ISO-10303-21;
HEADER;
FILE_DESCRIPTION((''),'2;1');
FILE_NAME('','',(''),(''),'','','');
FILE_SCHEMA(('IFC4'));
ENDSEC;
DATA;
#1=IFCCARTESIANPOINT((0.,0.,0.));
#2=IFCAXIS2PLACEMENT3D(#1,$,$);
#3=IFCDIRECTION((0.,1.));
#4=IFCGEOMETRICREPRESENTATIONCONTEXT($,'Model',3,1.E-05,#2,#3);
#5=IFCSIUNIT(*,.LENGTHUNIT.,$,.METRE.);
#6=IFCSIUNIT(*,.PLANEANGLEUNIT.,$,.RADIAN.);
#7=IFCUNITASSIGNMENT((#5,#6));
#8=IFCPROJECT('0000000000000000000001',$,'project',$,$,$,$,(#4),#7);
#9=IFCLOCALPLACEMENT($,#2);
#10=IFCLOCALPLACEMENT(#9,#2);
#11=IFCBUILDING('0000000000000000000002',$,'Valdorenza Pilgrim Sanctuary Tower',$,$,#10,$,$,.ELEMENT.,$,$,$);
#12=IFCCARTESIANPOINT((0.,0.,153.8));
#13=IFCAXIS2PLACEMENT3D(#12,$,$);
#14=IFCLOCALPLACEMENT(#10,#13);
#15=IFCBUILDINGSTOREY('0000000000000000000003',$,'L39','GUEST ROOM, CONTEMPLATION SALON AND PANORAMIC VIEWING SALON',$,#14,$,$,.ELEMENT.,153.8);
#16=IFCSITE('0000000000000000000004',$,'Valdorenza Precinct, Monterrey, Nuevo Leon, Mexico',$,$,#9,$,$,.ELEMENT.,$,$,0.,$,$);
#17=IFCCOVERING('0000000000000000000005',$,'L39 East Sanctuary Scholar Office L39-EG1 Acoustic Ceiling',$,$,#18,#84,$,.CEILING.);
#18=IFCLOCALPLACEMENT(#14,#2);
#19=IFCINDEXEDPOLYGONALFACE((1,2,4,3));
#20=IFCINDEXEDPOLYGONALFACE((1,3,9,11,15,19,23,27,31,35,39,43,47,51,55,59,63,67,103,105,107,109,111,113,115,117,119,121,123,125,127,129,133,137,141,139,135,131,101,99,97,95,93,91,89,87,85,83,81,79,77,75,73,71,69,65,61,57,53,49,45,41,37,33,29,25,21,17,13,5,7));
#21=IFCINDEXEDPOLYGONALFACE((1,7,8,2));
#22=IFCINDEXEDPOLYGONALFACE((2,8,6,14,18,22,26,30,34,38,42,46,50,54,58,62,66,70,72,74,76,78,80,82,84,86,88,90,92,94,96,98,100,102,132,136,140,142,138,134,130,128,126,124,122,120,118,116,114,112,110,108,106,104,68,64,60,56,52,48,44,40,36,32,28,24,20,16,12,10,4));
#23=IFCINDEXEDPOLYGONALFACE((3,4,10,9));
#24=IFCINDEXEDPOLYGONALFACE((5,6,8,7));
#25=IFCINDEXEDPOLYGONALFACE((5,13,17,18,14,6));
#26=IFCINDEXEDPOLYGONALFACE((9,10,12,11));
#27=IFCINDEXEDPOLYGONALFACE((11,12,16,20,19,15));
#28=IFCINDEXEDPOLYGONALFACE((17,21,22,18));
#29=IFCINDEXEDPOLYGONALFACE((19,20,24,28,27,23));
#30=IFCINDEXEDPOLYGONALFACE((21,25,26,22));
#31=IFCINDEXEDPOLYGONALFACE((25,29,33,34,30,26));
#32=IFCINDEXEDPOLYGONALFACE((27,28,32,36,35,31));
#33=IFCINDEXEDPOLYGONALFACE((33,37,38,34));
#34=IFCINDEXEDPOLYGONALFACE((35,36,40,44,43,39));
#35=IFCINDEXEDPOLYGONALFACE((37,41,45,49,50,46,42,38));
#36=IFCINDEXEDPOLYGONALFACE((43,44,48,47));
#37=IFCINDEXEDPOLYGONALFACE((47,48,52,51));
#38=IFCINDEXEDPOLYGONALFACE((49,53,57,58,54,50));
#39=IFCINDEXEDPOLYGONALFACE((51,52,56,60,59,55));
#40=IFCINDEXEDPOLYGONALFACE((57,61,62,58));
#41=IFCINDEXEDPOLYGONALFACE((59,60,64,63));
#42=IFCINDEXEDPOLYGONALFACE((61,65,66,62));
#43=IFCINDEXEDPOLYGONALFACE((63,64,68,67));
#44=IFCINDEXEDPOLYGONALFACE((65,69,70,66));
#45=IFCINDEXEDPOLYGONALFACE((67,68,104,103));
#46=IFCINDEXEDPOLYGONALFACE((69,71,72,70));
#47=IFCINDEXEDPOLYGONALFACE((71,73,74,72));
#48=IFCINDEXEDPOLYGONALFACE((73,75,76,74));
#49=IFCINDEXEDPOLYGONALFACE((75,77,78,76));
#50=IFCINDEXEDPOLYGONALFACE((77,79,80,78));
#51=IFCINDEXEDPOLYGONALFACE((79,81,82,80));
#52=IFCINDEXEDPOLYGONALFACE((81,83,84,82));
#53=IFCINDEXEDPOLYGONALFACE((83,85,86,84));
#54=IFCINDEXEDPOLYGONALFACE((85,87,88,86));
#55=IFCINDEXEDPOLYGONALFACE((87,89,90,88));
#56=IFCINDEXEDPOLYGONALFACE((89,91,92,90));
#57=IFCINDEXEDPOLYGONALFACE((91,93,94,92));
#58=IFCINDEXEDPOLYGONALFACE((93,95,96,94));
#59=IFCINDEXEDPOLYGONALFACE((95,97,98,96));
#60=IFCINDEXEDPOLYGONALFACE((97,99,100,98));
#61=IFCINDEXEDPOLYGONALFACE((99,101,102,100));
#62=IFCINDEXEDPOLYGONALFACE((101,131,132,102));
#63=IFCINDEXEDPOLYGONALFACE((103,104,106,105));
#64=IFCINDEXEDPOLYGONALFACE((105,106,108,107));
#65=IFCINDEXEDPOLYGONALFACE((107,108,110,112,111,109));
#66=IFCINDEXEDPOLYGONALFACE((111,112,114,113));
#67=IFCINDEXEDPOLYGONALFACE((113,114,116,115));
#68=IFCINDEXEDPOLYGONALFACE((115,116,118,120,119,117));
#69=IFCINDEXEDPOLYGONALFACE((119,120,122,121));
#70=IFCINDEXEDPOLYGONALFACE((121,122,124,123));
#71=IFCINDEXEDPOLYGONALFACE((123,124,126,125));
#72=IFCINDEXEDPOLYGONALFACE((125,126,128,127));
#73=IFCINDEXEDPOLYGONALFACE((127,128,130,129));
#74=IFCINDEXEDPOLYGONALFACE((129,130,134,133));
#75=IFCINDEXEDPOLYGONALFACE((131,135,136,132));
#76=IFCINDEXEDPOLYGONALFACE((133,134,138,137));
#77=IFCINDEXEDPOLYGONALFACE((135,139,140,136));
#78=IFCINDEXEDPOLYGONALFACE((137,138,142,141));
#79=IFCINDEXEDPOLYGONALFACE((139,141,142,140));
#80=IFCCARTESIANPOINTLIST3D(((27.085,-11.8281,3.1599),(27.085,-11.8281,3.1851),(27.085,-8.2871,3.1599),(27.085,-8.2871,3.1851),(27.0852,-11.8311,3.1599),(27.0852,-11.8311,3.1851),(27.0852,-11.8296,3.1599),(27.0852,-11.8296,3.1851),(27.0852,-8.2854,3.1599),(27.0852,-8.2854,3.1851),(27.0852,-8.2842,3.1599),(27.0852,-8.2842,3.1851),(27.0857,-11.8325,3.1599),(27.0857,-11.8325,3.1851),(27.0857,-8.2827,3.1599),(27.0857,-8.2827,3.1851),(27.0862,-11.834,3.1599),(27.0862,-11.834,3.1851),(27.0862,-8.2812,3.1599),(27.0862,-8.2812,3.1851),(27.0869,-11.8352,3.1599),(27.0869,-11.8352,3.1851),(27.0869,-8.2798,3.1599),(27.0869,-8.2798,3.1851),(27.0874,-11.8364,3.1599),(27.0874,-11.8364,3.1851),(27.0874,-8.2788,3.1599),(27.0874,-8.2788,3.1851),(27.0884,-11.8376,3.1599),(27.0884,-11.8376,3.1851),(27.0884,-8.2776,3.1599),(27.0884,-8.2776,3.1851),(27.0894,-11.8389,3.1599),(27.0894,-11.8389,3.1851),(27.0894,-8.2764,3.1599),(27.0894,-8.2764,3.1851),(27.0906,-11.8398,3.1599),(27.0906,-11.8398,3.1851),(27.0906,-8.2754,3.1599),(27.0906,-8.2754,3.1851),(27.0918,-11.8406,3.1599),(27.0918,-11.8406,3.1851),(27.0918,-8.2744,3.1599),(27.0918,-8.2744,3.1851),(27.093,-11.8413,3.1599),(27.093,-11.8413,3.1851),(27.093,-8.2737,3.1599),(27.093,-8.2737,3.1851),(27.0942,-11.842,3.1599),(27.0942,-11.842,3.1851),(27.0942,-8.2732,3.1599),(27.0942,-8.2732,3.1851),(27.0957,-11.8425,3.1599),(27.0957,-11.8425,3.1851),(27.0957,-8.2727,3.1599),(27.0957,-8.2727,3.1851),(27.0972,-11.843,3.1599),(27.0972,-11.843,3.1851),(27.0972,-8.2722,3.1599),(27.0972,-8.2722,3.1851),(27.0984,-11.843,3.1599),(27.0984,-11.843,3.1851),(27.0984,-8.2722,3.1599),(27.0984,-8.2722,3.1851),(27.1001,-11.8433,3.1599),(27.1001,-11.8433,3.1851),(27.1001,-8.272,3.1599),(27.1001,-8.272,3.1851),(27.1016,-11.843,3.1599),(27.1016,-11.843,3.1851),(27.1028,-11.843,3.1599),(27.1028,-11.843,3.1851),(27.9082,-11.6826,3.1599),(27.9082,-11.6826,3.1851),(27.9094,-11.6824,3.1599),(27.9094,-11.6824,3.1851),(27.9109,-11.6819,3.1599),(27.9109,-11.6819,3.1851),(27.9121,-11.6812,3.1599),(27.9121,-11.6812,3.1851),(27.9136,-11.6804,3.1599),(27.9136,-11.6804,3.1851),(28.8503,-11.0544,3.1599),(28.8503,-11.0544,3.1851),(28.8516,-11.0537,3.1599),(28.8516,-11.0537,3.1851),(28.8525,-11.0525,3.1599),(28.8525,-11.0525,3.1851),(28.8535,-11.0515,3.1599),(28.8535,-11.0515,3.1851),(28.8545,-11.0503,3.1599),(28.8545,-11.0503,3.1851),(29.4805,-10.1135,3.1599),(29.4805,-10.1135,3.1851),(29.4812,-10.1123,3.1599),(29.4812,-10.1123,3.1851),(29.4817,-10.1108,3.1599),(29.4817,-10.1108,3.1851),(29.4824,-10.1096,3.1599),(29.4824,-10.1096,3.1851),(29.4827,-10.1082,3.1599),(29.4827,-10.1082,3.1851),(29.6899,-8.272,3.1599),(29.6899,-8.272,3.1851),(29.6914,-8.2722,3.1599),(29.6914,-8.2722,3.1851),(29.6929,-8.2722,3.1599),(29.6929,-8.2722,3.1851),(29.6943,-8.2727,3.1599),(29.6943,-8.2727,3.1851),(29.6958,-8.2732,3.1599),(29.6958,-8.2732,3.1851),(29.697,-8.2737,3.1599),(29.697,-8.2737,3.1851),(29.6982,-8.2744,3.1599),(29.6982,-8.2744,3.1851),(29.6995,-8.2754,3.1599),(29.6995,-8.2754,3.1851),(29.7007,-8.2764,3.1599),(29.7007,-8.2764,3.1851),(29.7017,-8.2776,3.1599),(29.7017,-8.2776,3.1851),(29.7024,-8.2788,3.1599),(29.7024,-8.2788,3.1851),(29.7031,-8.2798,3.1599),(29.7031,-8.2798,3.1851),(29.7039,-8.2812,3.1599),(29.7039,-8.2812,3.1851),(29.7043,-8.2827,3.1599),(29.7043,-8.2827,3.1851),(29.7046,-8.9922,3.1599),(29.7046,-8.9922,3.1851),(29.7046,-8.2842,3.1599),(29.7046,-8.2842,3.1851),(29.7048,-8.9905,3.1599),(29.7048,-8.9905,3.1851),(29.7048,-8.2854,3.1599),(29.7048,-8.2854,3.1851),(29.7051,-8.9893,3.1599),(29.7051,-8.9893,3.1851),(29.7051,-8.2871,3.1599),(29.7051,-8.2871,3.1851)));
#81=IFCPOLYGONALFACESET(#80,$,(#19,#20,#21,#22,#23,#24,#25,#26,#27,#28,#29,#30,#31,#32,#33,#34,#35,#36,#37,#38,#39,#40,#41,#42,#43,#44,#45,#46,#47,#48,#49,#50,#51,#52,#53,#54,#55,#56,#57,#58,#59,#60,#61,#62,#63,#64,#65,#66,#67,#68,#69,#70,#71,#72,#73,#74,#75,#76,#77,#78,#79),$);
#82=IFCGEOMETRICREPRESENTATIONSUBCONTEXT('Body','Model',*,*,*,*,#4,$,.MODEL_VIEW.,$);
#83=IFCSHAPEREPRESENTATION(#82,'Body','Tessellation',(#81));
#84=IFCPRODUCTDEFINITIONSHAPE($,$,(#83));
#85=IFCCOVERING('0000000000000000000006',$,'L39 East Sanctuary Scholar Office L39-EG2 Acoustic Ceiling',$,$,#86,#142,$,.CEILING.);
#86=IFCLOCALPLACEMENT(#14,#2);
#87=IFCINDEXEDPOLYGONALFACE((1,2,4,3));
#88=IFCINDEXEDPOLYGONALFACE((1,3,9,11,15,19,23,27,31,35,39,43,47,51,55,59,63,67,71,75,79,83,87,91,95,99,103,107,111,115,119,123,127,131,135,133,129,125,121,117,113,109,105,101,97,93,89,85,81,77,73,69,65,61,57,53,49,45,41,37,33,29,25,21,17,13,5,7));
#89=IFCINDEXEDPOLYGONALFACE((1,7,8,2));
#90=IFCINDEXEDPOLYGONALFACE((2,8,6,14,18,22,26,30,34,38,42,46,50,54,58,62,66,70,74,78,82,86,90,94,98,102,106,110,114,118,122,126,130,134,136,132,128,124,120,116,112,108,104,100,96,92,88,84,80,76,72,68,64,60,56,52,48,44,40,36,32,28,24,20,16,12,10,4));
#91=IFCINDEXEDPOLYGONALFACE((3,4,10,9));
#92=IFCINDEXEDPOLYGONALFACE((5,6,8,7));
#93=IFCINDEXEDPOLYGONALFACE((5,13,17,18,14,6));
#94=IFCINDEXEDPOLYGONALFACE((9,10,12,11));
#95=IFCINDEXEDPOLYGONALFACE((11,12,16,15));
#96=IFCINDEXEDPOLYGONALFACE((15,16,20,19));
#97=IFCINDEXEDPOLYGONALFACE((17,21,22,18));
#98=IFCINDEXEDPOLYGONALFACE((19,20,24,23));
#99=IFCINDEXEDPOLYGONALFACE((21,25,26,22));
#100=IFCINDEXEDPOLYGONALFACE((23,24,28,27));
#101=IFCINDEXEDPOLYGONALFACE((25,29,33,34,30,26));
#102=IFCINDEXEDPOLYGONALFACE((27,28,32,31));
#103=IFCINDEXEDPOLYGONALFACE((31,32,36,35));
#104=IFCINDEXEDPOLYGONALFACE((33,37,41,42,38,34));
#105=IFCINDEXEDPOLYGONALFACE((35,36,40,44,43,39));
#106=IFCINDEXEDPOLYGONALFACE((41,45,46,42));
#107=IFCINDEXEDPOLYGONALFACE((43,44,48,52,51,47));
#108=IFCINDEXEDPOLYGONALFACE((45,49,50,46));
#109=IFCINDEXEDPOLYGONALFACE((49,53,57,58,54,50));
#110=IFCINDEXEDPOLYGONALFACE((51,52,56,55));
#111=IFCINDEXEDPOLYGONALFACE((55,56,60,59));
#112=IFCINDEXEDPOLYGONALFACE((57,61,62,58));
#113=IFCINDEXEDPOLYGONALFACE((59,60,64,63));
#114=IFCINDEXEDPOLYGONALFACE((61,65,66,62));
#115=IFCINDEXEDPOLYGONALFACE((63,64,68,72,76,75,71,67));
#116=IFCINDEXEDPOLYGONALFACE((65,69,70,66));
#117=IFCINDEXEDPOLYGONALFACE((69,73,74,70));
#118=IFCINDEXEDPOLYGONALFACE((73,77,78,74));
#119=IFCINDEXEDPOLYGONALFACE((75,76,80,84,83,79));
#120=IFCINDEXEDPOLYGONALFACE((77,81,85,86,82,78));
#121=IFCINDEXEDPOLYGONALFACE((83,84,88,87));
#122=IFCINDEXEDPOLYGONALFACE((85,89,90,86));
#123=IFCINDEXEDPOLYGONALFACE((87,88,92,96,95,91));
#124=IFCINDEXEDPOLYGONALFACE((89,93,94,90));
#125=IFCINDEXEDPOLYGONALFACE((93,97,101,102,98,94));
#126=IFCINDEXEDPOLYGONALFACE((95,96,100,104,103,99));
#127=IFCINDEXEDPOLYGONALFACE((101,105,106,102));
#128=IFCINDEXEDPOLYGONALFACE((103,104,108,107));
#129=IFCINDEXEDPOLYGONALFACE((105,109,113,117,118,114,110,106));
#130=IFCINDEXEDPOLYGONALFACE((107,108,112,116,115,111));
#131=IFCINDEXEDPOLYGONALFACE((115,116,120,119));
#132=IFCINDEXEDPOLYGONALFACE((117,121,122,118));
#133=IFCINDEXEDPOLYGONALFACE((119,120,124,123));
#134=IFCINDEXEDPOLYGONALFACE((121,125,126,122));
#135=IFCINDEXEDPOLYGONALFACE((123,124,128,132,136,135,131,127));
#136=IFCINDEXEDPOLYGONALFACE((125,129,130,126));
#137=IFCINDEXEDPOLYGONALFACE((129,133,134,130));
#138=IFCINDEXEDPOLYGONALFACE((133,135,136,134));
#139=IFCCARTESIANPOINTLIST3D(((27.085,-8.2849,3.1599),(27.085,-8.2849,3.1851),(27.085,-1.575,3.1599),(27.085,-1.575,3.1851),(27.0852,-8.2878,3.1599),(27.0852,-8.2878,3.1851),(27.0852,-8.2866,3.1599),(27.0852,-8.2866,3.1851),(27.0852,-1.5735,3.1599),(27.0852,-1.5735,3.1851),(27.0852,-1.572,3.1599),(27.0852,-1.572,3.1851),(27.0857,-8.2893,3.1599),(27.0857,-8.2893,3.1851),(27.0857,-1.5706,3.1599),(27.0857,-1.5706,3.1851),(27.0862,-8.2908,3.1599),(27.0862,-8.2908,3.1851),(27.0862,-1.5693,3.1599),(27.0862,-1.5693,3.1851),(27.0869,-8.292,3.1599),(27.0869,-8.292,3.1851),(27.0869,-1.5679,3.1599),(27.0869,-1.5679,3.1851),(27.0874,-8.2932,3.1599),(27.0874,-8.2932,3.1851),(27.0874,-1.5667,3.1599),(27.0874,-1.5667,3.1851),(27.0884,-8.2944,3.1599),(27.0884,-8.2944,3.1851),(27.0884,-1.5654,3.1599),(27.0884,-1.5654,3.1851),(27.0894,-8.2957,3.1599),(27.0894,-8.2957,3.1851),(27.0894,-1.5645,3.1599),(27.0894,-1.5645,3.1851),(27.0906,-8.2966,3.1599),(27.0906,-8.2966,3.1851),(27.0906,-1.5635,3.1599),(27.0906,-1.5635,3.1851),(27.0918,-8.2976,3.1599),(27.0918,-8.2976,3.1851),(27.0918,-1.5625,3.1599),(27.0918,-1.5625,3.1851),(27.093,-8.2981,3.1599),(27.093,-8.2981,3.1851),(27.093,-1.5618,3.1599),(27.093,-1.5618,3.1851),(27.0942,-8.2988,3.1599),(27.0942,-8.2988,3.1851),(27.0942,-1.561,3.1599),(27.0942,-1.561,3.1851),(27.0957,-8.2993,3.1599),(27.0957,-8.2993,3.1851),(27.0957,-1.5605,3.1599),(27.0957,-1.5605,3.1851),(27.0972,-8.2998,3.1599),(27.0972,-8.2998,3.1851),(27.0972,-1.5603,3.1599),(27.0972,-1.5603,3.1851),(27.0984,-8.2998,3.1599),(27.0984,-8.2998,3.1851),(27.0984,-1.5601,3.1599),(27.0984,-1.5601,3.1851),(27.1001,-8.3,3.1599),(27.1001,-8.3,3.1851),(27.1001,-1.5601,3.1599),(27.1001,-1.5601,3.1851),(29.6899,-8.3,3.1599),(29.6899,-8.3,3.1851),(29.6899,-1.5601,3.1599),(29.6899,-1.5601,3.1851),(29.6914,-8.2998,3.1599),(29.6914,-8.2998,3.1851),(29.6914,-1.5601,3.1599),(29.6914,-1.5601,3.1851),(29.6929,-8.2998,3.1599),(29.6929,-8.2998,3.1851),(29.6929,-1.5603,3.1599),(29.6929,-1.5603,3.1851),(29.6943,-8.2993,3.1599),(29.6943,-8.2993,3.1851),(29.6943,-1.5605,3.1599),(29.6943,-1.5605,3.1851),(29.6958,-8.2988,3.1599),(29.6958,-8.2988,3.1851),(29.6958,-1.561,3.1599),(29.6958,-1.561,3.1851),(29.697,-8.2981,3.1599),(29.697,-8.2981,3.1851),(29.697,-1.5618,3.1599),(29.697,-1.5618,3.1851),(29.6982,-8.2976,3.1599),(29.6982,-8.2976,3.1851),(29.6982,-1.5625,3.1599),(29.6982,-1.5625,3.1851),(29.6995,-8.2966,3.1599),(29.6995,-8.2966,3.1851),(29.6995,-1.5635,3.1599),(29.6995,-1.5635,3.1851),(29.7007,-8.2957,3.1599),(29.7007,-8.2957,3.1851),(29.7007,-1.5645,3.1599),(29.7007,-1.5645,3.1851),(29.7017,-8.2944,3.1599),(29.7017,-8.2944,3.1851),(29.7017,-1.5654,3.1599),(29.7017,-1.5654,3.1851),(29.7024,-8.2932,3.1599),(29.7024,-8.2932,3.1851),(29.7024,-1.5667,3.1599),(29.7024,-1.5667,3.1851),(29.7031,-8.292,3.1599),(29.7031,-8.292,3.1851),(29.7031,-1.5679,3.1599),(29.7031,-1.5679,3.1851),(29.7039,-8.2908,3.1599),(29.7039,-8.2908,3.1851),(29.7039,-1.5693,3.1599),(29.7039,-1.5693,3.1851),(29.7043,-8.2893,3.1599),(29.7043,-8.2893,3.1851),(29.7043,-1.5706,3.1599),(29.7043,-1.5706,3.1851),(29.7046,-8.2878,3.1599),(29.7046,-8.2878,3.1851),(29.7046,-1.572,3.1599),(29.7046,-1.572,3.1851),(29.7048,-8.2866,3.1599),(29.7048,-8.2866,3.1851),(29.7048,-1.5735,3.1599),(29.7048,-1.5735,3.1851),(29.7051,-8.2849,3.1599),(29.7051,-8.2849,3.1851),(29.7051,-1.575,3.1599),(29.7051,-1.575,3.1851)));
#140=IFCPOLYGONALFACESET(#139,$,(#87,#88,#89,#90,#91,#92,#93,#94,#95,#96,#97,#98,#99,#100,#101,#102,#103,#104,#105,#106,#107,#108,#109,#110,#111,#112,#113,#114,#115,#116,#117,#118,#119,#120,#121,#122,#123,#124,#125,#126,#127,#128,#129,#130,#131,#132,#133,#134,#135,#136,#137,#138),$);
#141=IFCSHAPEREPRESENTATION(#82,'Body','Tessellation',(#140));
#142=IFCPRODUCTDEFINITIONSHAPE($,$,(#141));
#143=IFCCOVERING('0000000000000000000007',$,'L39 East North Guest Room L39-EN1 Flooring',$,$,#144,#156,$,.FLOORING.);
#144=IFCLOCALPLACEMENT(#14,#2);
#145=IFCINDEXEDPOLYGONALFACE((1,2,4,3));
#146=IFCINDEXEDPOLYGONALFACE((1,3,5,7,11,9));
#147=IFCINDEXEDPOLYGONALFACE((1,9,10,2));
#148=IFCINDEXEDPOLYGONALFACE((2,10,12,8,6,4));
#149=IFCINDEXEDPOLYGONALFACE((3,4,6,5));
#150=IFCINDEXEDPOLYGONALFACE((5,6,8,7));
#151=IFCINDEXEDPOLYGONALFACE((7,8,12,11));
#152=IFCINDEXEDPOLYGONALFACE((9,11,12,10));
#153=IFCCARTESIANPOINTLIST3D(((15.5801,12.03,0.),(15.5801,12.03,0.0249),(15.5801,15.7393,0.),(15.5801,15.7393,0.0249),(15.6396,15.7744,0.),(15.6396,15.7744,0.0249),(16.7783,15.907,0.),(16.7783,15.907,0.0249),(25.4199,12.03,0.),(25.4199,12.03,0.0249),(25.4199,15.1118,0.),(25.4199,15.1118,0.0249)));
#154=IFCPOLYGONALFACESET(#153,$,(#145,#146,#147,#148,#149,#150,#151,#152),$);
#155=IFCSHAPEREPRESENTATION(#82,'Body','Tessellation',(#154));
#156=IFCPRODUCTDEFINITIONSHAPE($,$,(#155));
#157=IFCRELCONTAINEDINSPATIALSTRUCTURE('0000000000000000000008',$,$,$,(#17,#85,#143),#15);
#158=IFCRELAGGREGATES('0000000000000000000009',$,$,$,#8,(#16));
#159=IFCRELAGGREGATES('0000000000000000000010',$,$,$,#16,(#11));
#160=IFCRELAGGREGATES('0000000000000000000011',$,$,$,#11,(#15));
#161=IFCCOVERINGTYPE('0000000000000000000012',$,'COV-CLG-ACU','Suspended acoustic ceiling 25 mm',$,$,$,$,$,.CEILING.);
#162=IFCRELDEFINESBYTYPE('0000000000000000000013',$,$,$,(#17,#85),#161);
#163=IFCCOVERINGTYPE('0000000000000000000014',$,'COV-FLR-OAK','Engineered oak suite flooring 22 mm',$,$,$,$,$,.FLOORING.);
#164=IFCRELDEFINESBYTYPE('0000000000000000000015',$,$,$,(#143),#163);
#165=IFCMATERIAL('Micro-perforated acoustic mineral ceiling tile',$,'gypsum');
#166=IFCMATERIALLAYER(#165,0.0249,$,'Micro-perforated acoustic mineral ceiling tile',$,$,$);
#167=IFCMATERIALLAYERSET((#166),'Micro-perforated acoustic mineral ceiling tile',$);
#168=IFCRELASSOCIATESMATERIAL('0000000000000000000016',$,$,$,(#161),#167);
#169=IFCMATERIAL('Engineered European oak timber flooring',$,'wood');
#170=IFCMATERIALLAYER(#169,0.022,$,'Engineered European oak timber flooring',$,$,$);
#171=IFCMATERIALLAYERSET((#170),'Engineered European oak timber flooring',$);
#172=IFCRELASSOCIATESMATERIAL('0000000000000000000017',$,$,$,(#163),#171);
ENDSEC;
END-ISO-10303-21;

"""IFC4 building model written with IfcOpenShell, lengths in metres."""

from ifc_helpers import new_model, si_unit, direction, frame, origin, place, context, subcontext, project, spatial, polyline, outline, extrude, material, layer, layer_set, type_object, element, save


model = new_model("IFC4")

# Units and contexts
model_context = context("Model", 3, precision=1e-05, world=origin(), true_north=direction((0.0, 1.0)))
body_context = subcontext(model_context, "Body", "Model", "MODEL_VIEW")
ifc_project = project(units=[si_unit("LENGTHUNIT", "METRE"), si_unit("PLANEANGLEUNIT", "RADIAN")], contexts=[model_context])

# Site, building, storey
site_placement = place(None, origin())
site = spatial("IfcSite", under=ifc_project, at=site_placement, Name="Valdorenza Precinct, Monterrey, Nuevo Leon, Mexico", CompositionType="ELEMENT", RefElevation=0.0)
building_placement = place(site_placement, origin())
building = spatial("IfcBuilding", under=site, at=building_placement, Name="Valdorenza Pilgrim Sanctuary Tower", CompositionType="ELEMENT")
storey_placement = place(building_placement, frame((0.0, 0.0, 153.8)))
storey = spatial("IfcBuildingStorey", under=building, at=storey_placement, Name="L39", Description="GUEST ROOM, CONTEMPLATION SALON AND PANORAMIC VIEWING SALON", CompositionType="ELEMENT", Elevation=153.8)

# Coverings
ifc_material_1 = material(Name="Micro-perforated acoustic mineral ceiling tile", Category="gypsum")
ifc_layer_1 = layer(ifc_material_1, 0.0249, Name="Micro-perforated acoustic mineral ceiling tile")
ifc_layer_set_1 = layer_set([ifc_layer_1], Name="Micro-perforated acoustic mineral ceiling tile")
covering_type_1 = type_object("IfcCoveringType", Name="COV-CLG-ACU", Description="Suspended acoustic ceiling 25 mm", PredefinedType="CEILING", material=ifc_layer_set_1)
covering_1_placement = place(storey_placement, frame((0.0, 0.0, 3.1599)))
element("IfcCovering", 1, at=covering_1_placement, inside=storey, type_object=covering_type_1, Name="L39 East Sanctuary Scholar Office L39-EG1 Acoustic Ceiling", PredefinedType="CEILING", context=body_context, shape_type="SweptSolid", body=[
    extrude(outline(polyline([(29.4827, -10.1082), (29.4824, -10.1096), (29.4817, -10.1108), (29.4812, -10.1123), (29.4805, -10.1135), (28.8545, -11.0503), (28.8535, -11.0515), (28.8525, -11.0525), (28.8516, -11.0537), (28.8503, -11.0544), (27.9136, -11.6804), (27.9121, -11.6812), (27.9109, -11.6819), (27.9094, -11.6824), (27.9082, -11.6826), (27.1028, -11.843), (27.1016, -11.843), (27.1001, -11.8433), (27.0984, -11.843), (27.0972, -11.843), (27.0957, -11.8425), (27.0942, -11.842), (27.093, -11.8413), (27.0918, -11.8406), (27.0906, -11.8398), (27.0894, -11.8389), (27.0884, -11.8376), (27.0874, -11.8364), (27.0869, -11.8352), (27.0862, -11.834), (27.0857, -11.8325), (27.0852, -11.8311), (27.0852, -11.8296), (27.085, -11.8281), (27.085, -8.2871), (27.0852, -8.2854), (27.0852, -8.2842), (27.0857, -8.2827), (27.0862, -8.2812), (27.0869, -8.2798), (27.0874, -8.2788), (27.0884, -8.2776), (27.0894, -8.2764), (27.0906, -8.2754), (27.0918, -8.2744), (27.093, -8.2737), (27.0942, -8.2732), (27.0957, -8.2727), (27.0972, -8.2722), (27.0984, -8.2722), (27.1001, -8.272), (29.6899, -8.272), (29.6914, -8.2722), (29.6929, -8.2722), (29.6943, -8.2727), (29.6958, -8.2732), (29.697, -8.2737), (29.6982, -8.2744), (29.6995, -8.2754), (29.7007, -8.2764), (29.7017, -8.2776), (29.7024, -8.2788), (29.7031, -8.2798), (29.7039, -8.2812), (29.7043, -8.2827), (29.7046, -8.2842), (29.7048, -8.2854), (29.7051, -8.2871), (29.7051, -8.9893), (29.7048, -8.9905), (29.7046, -8.9922), (29.4827, -10.1082)])), origin(), (0.0, 0.0, 1.0), 0.0251),
])
covering_2_placement = place(storey_placement, frame((0.0, 0.0, 3.1599)))
element("IfcCovering", 2, at=covering_2_placement, inside=storey, type_object=covering_type_1, Name="L39 East Sanctuary Scholar Office L39-EG2 Acoustic Ceiling", PredefinedType="CEILING", context=body_context, shape_type="SweptSolid", body=[
    extrude(outline(polyline([(27.085, -1.575), (27.0852, -1.5735), (27.0852, -1.572), (27.0857, -1.5706), (27.0862, -1.5693), (27.0869, -1.5679), (27.0874, -1.5667), (27.0884, -1.5654), (27.0894, -1.5645), (27.0906, -1.5635), (27.0918, -1.5625), (27.093, -1.5618), (27.0942, -1.561), (27.0957, -1.5605), (27.0972, -1.5603), (27.0984, -1.5601), (27.1001, -1.5601), (29.6899, -1.5601), (29.6914, -1.5601), (29.6929, -1.5603), (29.6943, -1.5605), (29.6958, -1.561), (29.697, -1.5618), (29.6982, -1.5625), (29.6995, -1.5635), (29.7007, -1.5645), (29.7017, -1.5654), (29.7024, -1.5667), (29.7031, -1.5679), (29.7039, -1.5693), (29.7043, -1.5706), (29.7046, -1.572), (29.7048, -1.5735), (29.7051, -1.575), (29.7051, -8.2849), (29.7048, -8.2866), (29.7046, -8.2878), (29.7043, -8.2893), (29.7039, -8.2908), (29.7031, -8.292), (29.7024, -8.2932), (29.7017, -8.2944), (29.7007, -8.2957), (29.6995, -8.2966), (29.6982, -8.2976), (29.697, -8.2981), (29.6958, -8.2988), (29.6943, -8.2993), (29.6929, -8.2998), (29.6914, -8.2998), (29.6899, -8.3), (27.1001, -8.3), (27.0984, -8.2998), (27.0972, -8.2998), (27.0957, -8.2993), (27.0942, -8.2988), (27.093, -8.2981), (27.0918, -8.2976), (27.0906, -8.2966), (27.0894, -8.2957), (27.0884, -8.2944), (27.0874, -8.2932), (27.0869, -8.292), (27.0862, -8.2908), (27.0857, -8.2893), (27.0852, -8.2878), (27.0852, -8.2866), (27.085, -8.2849), (27.085, -1.575)])), origin(), (0.0, 0.0, 1.0), 0.0251),
])
ifc_material_2 = material(Name="Engineered European oak timber flooring", Category="wood")
ifc_layer_2 = layer(ifc_material_2, 0.022, Name="Engineered European oak timber flooring")
ifc_layer_set_2 = layer_set([ifc_layer_2], Name="Engineered European oak timber flooring")
covering_type_2 = type_object("IfcCoveringType", Name="COV-FLR-OAK", Description="Engineered oak suite flooring 22 mm", PredefinedType="FLOORING", material=ifc_layer_set_2)
covering_3_placement = place(storey_placement, origin())
element("IfcCovering", 3, at=covering_3_placement, inside=storey, type_object=covering_type_2, Name="L39 East North Guest Room L39-EN1 Flooring", PredefinedType="FLOORING", context=body_context, shape_type="SweptSolid", body=[
    extrude(outline(polyline([(15.6396, 15.7744), (16.7783, 15.907), (25.4199, 15.1118), (25.4199, 12.03), (15.5801, 12.03), (15.5801, 15.7393), (15.6396, 15.7744)])), origin(), (0.0, 0.0, 1.0), 0.0249),
])

save(model, "model.ifc")
